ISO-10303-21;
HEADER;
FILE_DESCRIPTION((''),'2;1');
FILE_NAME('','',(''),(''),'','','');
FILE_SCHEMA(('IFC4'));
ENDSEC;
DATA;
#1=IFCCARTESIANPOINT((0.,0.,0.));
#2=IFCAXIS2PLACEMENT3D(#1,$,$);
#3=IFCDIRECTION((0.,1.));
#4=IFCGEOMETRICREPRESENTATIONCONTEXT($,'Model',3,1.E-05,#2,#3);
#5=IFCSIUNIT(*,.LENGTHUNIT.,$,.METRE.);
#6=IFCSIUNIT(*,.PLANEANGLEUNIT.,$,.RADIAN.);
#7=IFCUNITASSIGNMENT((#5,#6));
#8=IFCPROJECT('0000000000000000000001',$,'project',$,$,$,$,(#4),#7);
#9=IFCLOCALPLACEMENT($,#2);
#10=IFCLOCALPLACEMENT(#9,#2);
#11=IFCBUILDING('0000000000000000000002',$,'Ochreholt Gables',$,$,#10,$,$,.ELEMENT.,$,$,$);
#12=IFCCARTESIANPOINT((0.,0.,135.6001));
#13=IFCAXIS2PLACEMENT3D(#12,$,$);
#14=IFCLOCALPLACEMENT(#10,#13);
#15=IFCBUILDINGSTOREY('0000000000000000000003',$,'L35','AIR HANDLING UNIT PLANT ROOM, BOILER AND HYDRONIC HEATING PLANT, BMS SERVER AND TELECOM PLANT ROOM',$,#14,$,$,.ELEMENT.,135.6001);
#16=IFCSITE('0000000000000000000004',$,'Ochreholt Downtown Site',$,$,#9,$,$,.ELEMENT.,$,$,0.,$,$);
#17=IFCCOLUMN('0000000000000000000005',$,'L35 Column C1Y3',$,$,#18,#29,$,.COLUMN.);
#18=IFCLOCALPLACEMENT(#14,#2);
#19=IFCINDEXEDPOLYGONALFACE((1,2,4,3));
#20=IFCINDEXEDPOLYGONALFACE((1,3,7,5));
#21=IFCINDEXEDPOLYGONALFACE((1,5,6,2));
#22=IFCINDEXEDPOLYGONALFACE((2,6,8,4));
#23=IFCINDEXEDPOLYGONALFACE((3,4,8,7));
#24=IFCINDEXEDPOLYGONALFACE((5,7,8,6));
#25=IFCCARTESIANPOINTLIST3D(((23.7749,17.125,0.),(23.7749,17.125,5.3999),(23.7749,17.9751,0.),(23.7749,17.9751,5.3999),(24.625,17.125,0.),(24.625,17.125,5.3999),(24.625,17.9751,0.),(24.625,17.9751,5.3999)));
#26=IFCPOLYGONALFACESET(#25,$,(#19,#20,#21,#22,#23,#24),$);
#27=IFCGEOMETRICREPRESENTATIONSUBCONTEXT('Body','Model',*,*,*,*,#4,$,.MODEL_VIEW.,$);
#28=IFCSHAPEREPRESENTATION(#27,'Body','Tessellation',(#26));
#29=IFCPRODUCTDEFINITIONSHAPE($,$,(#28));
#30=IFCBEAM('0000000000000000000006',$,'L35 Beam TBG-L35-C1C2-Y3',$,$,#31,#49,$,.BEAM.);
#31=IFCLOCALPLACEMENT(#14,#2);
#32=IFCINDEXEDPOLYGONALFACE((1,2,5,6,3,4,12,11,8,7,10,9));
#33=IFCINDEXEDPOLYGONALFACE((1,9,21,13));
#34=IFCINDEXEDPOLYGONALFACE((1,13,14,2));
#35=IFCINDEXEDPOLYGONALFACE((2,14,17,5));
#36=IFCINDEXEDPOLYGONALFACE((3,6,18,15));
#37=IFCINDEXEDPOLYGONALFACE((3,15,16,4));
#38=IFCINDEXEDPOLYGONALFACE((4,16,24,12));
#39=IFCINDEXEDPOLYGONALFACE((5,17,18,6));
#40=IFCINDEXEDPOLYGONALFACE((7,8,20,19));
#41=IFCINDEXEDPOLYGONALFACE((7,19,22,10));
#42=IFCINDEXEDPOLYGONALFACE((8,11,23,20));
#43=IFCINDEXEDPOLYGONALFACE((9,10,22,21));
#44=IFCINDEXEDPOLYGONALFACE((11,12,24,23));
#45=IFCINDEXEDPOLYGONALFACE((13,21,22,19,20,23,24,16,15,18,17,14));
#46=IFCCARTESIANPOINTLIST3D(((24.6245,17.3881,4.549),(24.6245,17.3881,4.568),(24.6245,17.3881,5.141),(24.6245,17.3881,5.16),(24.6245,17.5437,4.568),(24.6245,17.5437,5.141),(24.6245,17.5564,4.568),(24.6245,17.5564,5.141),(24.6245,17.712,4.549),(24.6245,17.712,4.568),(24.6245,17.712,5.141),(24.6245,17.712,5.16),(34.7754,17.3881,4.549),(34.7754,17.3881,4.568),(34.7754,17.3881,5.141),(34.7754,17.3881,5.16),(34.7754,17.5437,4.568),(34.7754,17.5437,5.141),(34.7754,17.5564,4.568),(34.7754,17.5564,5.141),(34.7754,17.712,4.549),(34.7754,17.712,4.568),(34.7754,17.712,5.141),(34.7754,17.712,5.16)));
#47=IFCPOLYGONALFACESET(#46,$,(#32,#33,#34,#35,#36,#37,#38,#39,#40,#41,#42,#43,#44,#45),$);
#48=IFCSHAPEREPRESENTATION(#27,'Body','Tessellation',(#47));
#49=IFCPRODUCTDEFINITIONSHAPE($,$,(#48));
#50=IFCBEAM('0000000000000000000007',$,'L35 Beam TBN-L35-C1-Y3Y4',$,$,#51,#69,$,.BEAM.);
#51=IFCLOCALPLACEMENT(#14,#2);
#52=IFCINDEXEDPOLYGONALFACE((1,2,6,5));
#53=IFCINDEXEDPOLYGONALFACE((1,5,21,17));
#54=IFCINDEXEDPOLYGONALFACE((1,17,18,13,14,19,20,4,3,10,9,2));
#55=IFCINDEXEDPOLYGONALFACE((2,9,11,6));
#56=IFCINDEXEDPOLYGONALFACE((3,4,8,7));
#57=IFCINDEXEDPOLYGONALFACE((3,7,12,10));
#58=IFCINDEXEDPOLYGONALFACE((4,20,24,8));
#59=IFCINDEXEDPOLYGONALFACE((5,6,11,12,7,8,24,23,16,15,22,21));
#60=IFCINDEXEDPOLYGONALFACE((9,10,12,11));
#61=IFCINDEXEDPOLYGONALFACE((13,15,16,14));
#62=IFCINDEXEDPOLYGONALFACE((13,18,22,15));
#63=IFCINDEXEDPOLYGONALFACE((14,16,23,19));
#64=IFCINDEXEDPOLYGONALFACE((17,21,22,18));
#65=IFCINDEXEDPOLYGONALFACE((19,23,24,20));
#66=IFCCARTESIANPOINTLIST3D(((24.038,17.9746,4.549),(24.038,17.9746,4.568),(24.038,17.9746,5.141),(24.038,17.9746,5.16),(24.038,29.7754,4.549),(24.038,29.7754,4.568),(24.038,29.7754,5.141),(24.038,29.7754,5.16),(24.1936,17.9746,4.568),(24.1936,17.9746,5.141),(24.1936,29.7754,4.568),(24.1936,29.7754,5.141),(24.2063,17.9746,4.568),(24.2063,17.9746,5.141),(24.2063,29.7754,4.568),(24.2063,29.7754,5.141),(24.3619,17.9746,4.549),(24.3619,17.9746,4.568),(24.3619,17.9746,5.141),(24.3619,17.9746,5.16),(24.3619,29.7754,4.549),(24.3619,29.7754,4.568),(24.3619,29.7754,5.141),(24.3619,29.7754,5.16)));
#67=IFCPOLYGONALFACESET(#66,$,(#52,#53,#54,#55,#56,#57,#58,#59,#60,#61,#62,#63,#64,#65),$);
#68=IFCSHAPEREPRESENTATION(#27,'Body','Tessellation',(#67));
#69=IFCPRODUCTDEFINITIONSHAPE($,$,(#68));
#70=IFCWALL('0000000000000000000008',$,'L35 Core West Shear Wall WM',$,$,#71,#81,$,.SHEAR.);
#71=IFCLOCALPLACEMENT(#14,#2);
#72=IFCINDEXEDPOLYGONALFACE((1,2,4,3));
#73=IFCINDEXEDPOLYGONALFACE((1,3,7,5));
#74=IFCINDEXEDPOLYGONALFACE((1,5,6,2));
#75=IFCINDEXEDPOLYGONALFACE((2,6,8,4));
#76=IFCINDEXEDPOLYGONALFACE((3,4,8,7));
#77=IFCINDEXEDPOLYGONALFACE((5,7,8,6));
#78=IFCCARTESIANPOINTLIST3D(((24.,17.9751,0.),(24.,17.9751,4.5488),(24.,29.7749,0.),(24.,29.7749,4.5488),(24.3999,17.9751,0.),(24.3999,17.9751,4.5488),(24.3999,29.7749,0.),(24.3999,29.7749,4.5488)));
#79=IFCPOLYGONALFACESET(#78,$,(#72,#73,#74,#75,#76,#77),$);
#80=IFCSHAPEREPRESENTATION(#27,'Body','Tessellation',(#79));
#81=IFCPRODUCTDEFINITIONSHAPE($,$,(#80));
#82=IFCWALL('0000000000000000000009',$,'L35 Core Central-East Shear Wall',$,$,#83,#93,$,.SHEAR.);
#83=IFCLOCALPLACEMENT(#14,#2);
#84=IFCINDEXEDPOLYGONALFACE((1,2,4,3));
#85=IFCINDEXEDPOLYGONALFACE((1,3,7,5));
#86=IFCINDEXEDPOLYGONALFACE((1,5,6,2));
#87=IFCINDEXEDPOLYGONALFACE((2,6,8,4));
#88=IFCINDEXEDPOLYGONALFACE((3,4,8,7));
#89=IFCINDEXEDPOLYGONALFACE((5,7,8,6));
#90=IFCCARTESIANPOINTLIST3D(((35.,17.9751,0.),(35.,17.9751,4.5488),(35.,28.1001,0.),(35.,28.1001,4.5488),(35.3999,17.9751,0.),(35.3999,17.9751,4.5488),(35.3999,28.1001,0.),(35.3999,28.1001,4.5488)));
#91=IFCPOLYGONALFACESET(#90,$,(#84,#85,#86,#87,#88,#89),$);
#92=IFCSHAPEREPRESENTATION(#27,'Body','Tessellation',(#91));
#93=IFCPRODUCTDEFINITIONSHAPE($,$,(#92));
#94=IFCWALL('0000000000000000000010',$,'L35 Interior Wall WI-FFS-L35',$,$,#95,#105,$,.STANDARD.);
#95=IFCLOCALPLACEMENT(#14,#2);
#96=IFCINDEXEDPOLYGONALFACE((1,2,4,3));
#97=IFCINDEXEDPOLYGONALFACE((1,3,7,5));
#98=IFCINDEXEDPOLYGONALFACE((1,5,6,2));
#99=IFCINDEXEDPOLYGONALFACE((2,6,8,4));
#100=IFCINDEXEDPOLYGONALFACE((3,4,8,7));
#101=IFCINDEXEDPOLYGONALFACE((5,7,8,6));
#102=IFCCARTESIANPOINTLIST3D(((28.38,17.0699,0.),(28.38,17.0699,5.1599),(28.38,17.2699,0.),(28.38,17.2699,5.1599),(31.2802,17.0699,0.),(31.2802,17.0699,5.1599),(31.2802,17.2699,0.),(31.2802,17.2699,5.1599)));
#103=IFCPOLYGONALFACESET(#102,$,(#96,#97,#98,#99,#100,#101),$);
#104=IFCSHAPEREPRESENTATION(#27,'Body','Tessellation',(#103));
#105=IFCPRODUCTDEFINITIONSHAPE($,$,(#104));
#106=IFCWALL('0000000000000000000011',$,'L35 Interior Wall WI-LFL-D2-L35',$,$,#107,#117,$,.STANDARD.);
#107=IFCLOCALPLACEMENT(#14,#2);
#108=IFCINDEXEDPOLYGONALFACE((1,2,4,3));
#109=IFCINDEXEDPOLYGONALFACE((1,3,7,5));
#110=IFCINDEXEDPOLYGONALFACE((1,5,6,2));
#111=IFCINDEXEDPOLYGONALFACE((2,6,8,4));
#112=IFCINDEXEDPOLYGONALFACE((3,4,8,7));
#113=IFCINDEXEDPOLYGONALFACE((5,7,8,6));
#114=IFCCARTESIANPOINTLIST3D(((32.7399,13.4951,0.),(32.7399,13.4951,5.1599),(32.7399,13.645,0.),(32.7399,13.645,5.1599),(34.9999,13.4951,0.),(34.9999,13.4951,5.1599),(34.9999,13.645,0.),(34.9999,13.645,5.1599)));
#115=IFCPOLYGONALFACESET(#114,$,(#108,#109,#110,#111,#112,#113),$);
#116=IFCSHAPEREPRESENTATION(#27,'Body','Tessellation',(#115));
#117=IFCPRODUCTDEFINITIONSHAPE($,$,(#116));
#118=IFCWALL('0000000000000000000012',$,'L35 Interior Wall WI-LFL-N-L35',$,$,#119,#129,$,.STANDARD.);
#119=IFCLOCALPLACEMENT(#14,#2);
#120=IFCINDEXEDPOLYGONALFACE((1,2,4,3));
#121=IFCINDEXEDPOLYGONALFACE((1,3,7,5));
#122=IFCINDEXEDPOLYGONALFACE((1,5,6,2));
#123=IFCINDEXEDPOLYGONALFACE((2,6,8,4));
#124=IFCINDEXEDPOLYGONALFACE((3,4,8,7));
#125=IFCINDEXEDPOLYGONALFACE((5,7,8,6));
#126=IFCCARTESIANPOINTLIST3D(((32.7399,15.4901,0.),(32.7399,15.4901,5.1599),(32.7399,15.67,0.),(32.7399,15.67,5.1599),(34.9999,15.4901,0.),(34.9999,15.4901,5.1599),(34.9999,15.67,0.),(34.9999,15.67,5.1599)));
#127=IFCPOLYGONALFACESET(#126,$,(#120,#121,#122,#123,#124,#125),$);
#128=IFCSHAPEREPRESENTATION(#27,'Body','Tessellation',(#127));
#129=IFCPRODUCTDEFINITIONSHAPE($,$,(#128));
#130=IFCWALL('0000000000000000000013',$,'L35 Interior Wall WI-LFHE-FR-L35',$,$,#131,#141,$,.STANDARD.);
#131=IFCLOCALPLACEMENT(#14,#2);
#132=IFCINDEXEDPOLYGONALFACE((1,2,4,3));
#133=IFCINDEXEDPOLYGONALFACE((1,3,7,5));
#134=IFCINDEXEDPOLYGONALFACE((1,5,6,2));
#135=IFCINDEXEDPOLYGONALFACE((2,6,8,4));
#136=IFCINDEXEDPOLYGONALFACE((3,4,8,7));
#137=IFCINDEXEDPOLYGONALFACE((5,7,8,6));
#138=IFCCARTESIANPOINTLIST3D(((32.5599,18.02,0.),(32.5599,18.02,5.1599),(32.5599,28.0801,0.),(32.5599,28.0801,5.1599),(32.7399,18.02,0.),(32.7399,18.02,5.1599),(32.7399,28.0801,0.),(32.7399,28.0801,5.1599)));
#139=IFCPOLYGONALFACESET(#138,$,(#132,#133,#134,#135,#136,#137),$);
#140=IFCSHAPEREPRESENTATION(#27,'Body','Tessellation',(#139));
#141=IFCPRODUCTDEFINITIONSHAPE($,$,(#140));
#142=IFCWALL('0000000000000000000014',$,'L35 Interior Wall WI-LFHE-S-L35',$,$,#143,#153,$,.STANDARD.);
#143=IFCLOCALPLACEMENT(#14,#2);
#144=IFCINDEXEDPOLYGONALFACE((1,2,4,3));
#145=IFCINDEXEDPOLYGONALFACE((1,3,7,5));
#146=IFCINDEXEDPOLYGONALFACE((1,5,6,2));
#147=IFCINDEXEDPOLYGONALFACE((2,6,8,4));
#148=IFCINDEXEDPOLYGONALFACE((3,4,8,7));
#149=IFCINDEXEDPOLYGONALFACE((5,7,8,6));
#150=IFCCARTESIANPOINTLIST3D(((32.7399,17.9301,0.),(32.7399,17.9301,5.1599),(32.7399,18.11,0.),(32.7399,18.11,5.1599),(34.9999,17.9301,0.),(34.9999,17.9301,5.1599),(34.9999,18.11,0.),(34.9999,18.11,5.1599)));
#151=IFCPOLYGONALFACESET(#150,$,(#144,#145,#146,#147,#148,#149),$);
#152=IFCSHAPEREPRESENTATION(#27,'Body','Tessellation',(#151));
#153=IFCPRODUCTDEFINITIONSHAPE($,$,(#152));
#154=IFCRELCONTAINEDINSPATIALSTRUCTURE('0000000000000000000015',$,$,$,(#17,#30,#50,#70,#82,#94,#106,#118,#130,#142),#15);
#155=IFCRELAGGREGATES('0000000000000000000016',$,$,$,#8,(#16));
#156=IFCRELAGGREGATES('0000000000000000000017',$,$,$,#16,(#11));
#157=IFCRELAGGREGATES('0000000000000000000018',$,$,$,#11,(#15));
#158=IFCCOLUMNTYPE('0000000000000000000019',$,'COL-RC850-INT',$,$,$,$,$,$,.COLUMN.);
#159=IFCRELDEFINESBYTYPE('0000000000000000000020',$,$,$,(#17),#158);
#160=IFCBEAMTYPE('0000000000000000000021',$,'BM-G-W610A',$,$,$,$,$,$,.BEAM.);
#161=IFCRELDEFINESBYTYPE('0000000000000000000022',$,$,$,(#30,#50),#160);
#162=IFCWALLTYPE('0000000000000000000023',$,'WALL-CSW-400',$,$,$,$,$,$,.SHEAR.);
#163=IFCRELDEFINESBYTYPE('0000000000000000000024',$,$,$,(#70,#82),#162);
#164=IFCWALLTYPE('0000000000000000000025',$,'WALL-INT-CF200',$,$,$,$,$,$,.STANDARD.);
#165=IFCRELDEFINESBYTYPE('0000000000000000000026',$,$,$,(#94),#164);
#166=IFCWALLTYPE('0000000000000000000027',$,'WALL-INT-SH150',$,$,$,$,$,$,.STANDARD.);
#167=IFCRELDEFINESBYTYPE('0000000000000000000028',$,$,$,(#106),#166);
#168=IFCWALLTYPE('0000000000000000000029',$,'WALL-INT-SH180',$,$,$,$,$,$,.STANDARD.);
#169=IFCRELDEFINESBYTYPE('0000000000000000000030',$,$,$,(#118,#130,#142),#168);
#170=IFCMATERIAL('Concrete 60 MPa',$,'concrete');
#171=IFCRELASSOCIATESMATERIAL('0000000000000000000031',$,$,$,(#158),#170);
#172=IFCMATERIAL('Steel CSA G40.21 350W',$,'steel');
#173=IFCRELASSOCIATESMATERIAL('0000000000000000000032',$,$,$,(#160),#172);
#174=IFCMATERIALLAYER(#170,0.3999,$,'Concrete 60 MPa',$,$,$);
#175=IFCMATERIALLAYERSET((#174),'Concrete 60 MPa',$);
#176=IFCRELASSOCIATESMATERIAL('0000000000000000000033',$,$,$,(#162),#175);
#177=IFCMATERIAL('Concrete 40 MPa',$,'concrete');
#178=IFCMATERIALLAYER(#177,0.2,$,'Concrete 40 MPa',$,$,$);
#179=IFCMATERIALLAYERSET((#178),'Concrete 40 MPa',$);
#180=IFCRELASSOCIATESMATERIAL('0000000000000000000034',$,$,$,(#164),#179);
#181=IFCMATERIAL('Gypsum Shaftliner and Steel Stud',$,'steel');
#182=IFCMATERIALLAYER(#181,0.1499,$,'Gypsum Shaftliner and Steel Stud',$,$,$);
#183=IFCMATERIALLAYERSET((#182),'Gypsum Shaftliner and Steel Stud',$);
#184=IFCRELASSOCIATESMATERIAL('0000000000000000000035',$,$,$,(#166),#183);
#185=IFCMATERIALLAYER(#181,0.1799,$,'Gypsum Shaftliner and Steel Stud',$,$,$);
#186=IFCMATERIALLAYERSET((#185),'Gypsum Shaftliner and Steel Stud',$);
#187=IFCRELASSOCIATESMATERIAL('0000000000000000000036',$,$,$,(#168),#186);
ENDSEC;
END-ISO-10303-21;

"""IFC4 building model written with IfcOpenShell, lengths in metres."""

from ifc_helpers import new_model, si_unit, direction, frame, frame_2d, origin, origin_2d, place, context, subcontext, project, spatial, rectangle, i_section, extrude, material, layer, layer_set, material_profile, profile_set, type_object, element, save


model = new_model("IFC4")

# Units and contexts
model_context = context("Model", 3, precision=1e-05, world=origin(), true_north=direction((0.0, 1.0)))
body_context = subcontext(model_context, "Body", "Model", "MODEL_VIEW")
ifc_project = project(units=[si_unit("LENGTHUNIT", "METRE"), si_unit("PLANEANGLEUNIT", "RADIAN")], contexts=[model_context])

# Site, building, storey
site_placement = place(None, origin())
site = spatial("IfcSite", under=ifc_project, at=site_placement, Name="Ochreholt Downtown Site", CompositionType="ELEMENT", RefElevation=0.0)
building_placement = place(site_placement, origin())
building = spatial("IfcBuilding", under=site, at=building_placement, Name="Ochreholt Gables", CompositionType="ELEMENT")
storey_placement = place(building_placement, frame((0.0, 0.0, 135.6001)))
storey = spatial("IfcBuildingStorey", under=building, at=storey_placement, Name="L35", Description="AIR HANDLING UNIT PLANT ROOM, BOILER AND HYDRONIC HEATING PLANT, BMS SERVER AND TELECOM PLANT ROOM", CompositionType="ELEMENT", Elevation=135.6001)

# Column
ifc_material_1 = material(Name="Concrete 60 MPa", Category="concrete")
ifc_material_profile_1 = material_profile(ifc_material_1, rectangle(XDim=0.8501, YDim=0.8501, at=origin_2d()), Name="RC850X850")
ifc_profile_set_1 = profile_set([ifc_material_profile_1], Name="Concrete 60 MPa")
column_type = type_object("IfcColumnType", Name="COL-RC850-INT", PredefinedType="COLUMN", material=ifc_profile_set_1)
column_placement = place(storey_placement, frame((24.2, 17.55, 0.0), z_axis=(0.0, 0.0, 1.0), x_axis=(1.0, 0.0, 0.0)))
element("IfcColumn", 1, at=column_placement, inside=storey, type_object=column_type, Name="L35 Column C1Y3", PredefinedType="COLUMN", context=body_context, shape_type="SweptSolid", body=[
    extrude(rectangle(XDim=0.8501, YDim=0.8501, at=origin_2d()), origin(), (0.0, 0.0, 1.0), 5.3999),
])

# Beams
ifc_material_2 = material(Name="Steel CSA G40.21 350W", Category="steel")
ifc_material_profile_2 = material_profile(ifc_material_2, i_section(OverallWidth=0.324, OverallDepth=0.6111, WebThickness=0.0127, FlangeThickness=0.019, at=origin_2d()), Name="W610X155")
ifc_profile_set_2 = profile_set([ifc_material_profile_2], Name="Steel CSA G40.21 350W")
beam_type = type_object("IfcBeamType", Name="BM-G-W610A", PredefinedType="BEAM", material=ifc_profile_set_2)
beam_1_placement = place(storey_placement, frame((24.6245, 17.55, 4.8545), z_axis=(1.0, 0.0, 0.0), x_axis=(0.0, 1.0, 0.0)))
element("IfcBeam", 2, at=beam_1_placement, inside=storey, type_object=beam_type, Name="L35 Beam TBG-L35-C1C2-Y3", PredefinedType="BEAM", context=body_context, shape_type="SweptSolid", body=[
    extrude(i_section(OverallWidth=0.324, OverallDepth=0.6111, WebThickness=0.0127, FlangeThickness=0.019, at=origin_2d()), origin(), (0.0, 0.0, 1.0), 10.1509),
])
beam_2_placement = place(storey_placement, frame((24.2, 17.9746, 4.8545), z_axis=(0.0, 1.0, 0.0), x_axis=(-1.0, 0.0, 0.0)))
element("IfcBeam", 3, at=beam_2_placement, inside=storey, type_object=beam_type, Name="L35 Beam TBN-L35-C1-Y3Y4", PredefinedType="BEAM", context=body_context, shape_type="SweptSolid", body=[
    extrude(i_section(OverallWidth=0.324, OverallDepth=0.6111, WebThickness=0.0127, FlangeThickness=0.019, at=origin_2d()), origin(), (0.0, 0.0, 1.0), 11.8008),
])

# Walls
ifc_layer_1 = layer(ifc_material_1, 0.3999, Name="Concrete 60 MPa")
ifc_layer_set_1 = layer_set([ifc_layer_1], Name="Concrete 60 MPa")
wall_type_1 = type_object("IfcWallType", Name="WALL-CSW-400", PredefinedType="SHEAR", material=ifc_layer_set_1)
wall_1_placement = place(storey_placement, frame((24.2, 17.9751, 0.0), z_axis=(0.0, 0.0, 1.0), x_axis=(0.0, 1.0, 0.0)))
element("IfcWall", 4, at=wall_1_placement, inside=storey, type_object=wall_type_1, Name="L35 Core West Shear Wall WM", PredefinedType="SHEAR", context=body_context, shape_type="SweptSolid", body=[
    extrude(rectangle(XDim=11.7998, YDim=0.3999, at=frame_2d((5.8999, 0.0))), origin(), (0.0, 0.0, 1.0), 4.5488),
])
wall_2_placement = place(storey_placement, frame((35.2, 17.9751, 0.0), z_axis=(0.0, 0.0, 1.0), x_axis=(0.0, 1.0, 0.0)))
element("IfcWall", 5, at=wall_2_placement, inside=storey, type_object=wall_type_1, Name="L35 Core Central-East Shear Wall", PredefinedType="SHEAR", context=body_context, shape_type="SweptSolid", body=[
    extrude(rectangle(XDim=10.125, YDim=0.3999, at=frame_2d((5.0625, 0.0))), origin(), (0.0, 0.0, 1.0), 4.5488),
])
ifc_material_3 = material(Name="Concrete 40 MPa", Category="concrete")
ifc_layer_2 = layer(ifc_material_3, 0.2, Name="Concrete 40 MPa")
ifc_layer_set_2 = layer_set([ifc_layer_2], Name="Concrete 40 MPa")
wall_type_2 = type_object("IfcWallType", Name="WALL-INT-CF200", PredefinedType="STANDARD", material=ifc_layer_set_2)
wall_3_placement = place(storey_placement, frame((28.3799, 17.1699, 0.0), z_axis=(0.0, 0.0, 1.0), x_axis=(1.0, 0.0, 0.0)))
element("IfcWall", 6, at=wall_3_placement, inside=storey, type_object=wall_type_2, Name="L35 Interior Wall WI-FFS-L35", PredefinedType="STANDARD", context=body_context, shape_type="SweptSolid", body=[
    extrude(rectangle(XDim=2.9001, YDim=0.2, at=frame_2d((1.4502, 0.0))), origin(), (0.0, 0.0, 1.0), 5.1599),
])

# Walls
ifc_material_4 = material(Name="Gypsum Shaftliner and Steel Stud", Category="steel")
ifc_layer_3 = layer(ifc_material_4, 0.1499, Name="Gypsum Shaftliner and Steel Stud")
ifc_layer_set_3 = layer_set([ifc_layer_3], Name="Gypsum Shaftliner and Steel Stud")
wall_type_3 = type_object("IfcWallType", Name="WALL-INT-SH150", PredefinedType="STANDARD", material=ifc_layer_set_3)
wall_4_placement = place(storey_placement, frame((32.74, 13.5701, 0.0), z_axis=(0.0, 0.0, 1.0), x_axis=(1.0, 0.0, 0.0)))
element("IfcWall", 7, at=wall_4_placement, inside=storey, type_object=wall_type_3, Name="L35 Interior Wall WI-LFL-D2-L35", PredefinedType="STANDARD", context=body_context, shape_type="SweptSolid", body=[
    extrude(rectangle(XDim=2.26, YDim=0.1499, at=frame_2d((1.1299, 0.0))), origin(), (0.0, 0.0, 1.0), 5.1599),
])
ifc_layer_4 = layer(ifc_material_4, 0.1799, Name="Gypsum Shaftliner and Steel Stud")
ifc_layer_set_4 = layer_set([ifc_layer_4], Name="Gypsum Shaftliner and Steel Stud")
wall_type_4 = type_object("IfcWallType", Name="WALL-INT-SH180", PredefinedType="STANDARD", material=ifc_layer_set_4)
wall_5_placement = place(storey_placement, frame((32.74, 15.5801, 0.0), z_axis=(0.0, 0.0, 1.0), x_axis=(1.0, 0.0, 0.0)))
element("IfcWall", 8, at=wall_5_placement, inside=storey, type_object=wall_type_4, Name="L35 Interior Wall WI-LFL-N-L35", PredefinedType="STANDARD", context=body_context, shape_type="SweptSolid", body=[
    extrude(rectangle(XDim=2.26, YDim=0.1799, at=frame_2d((1.1299, 0.0))), origin(), (0.0, 0.0, 1.0), 5.1599),
])
wall_6_placement = place(storey_placement, frame((32.6499, 18.02, 0.0), z_axis=(0.0, 0.0, 1.0), x_axis=(0.0, 1.0, 0.0)))
element("IfcWall", 9, at=wall_6_placement, inside=storey, type_object=wall_type_4, Name="L35 Interior Wall WI-LFHE-FR-L35", PredefinedType="STANDARD", context=body_context, shape_type="SweptSolid", body=[
    extrude(rectangle(XDim=10.0601, YDim=0.1799, at=frame_2d((5.03, 0.0))), origin(), (0.0, 0.0, 1.0), 5.1599),
])
wall_7_placement = place(storey_placement, frame((32.74, 18.02, 0.0), z_axis=(0.0, 0.0, 1.0), x_axis=(1.0, 0.0, 0.0)))
element("IfcWall", 10, at=wall_7_placement, inside=storey, type_object=wall_type_4, Name="L35 Interior Wall WI-LFHE-S-L35", PredefinedType="STANDARD", context=body_context, shape_type="SweptSolid", body=[
    extrude(rectangle(XDim=2.26, YDim=0.1799, at=frame_2d((1.1299, 0.0))), origin(), (0.0, 0.0, 1.0), 5.1599),
])

save(model, "model.ifc")
